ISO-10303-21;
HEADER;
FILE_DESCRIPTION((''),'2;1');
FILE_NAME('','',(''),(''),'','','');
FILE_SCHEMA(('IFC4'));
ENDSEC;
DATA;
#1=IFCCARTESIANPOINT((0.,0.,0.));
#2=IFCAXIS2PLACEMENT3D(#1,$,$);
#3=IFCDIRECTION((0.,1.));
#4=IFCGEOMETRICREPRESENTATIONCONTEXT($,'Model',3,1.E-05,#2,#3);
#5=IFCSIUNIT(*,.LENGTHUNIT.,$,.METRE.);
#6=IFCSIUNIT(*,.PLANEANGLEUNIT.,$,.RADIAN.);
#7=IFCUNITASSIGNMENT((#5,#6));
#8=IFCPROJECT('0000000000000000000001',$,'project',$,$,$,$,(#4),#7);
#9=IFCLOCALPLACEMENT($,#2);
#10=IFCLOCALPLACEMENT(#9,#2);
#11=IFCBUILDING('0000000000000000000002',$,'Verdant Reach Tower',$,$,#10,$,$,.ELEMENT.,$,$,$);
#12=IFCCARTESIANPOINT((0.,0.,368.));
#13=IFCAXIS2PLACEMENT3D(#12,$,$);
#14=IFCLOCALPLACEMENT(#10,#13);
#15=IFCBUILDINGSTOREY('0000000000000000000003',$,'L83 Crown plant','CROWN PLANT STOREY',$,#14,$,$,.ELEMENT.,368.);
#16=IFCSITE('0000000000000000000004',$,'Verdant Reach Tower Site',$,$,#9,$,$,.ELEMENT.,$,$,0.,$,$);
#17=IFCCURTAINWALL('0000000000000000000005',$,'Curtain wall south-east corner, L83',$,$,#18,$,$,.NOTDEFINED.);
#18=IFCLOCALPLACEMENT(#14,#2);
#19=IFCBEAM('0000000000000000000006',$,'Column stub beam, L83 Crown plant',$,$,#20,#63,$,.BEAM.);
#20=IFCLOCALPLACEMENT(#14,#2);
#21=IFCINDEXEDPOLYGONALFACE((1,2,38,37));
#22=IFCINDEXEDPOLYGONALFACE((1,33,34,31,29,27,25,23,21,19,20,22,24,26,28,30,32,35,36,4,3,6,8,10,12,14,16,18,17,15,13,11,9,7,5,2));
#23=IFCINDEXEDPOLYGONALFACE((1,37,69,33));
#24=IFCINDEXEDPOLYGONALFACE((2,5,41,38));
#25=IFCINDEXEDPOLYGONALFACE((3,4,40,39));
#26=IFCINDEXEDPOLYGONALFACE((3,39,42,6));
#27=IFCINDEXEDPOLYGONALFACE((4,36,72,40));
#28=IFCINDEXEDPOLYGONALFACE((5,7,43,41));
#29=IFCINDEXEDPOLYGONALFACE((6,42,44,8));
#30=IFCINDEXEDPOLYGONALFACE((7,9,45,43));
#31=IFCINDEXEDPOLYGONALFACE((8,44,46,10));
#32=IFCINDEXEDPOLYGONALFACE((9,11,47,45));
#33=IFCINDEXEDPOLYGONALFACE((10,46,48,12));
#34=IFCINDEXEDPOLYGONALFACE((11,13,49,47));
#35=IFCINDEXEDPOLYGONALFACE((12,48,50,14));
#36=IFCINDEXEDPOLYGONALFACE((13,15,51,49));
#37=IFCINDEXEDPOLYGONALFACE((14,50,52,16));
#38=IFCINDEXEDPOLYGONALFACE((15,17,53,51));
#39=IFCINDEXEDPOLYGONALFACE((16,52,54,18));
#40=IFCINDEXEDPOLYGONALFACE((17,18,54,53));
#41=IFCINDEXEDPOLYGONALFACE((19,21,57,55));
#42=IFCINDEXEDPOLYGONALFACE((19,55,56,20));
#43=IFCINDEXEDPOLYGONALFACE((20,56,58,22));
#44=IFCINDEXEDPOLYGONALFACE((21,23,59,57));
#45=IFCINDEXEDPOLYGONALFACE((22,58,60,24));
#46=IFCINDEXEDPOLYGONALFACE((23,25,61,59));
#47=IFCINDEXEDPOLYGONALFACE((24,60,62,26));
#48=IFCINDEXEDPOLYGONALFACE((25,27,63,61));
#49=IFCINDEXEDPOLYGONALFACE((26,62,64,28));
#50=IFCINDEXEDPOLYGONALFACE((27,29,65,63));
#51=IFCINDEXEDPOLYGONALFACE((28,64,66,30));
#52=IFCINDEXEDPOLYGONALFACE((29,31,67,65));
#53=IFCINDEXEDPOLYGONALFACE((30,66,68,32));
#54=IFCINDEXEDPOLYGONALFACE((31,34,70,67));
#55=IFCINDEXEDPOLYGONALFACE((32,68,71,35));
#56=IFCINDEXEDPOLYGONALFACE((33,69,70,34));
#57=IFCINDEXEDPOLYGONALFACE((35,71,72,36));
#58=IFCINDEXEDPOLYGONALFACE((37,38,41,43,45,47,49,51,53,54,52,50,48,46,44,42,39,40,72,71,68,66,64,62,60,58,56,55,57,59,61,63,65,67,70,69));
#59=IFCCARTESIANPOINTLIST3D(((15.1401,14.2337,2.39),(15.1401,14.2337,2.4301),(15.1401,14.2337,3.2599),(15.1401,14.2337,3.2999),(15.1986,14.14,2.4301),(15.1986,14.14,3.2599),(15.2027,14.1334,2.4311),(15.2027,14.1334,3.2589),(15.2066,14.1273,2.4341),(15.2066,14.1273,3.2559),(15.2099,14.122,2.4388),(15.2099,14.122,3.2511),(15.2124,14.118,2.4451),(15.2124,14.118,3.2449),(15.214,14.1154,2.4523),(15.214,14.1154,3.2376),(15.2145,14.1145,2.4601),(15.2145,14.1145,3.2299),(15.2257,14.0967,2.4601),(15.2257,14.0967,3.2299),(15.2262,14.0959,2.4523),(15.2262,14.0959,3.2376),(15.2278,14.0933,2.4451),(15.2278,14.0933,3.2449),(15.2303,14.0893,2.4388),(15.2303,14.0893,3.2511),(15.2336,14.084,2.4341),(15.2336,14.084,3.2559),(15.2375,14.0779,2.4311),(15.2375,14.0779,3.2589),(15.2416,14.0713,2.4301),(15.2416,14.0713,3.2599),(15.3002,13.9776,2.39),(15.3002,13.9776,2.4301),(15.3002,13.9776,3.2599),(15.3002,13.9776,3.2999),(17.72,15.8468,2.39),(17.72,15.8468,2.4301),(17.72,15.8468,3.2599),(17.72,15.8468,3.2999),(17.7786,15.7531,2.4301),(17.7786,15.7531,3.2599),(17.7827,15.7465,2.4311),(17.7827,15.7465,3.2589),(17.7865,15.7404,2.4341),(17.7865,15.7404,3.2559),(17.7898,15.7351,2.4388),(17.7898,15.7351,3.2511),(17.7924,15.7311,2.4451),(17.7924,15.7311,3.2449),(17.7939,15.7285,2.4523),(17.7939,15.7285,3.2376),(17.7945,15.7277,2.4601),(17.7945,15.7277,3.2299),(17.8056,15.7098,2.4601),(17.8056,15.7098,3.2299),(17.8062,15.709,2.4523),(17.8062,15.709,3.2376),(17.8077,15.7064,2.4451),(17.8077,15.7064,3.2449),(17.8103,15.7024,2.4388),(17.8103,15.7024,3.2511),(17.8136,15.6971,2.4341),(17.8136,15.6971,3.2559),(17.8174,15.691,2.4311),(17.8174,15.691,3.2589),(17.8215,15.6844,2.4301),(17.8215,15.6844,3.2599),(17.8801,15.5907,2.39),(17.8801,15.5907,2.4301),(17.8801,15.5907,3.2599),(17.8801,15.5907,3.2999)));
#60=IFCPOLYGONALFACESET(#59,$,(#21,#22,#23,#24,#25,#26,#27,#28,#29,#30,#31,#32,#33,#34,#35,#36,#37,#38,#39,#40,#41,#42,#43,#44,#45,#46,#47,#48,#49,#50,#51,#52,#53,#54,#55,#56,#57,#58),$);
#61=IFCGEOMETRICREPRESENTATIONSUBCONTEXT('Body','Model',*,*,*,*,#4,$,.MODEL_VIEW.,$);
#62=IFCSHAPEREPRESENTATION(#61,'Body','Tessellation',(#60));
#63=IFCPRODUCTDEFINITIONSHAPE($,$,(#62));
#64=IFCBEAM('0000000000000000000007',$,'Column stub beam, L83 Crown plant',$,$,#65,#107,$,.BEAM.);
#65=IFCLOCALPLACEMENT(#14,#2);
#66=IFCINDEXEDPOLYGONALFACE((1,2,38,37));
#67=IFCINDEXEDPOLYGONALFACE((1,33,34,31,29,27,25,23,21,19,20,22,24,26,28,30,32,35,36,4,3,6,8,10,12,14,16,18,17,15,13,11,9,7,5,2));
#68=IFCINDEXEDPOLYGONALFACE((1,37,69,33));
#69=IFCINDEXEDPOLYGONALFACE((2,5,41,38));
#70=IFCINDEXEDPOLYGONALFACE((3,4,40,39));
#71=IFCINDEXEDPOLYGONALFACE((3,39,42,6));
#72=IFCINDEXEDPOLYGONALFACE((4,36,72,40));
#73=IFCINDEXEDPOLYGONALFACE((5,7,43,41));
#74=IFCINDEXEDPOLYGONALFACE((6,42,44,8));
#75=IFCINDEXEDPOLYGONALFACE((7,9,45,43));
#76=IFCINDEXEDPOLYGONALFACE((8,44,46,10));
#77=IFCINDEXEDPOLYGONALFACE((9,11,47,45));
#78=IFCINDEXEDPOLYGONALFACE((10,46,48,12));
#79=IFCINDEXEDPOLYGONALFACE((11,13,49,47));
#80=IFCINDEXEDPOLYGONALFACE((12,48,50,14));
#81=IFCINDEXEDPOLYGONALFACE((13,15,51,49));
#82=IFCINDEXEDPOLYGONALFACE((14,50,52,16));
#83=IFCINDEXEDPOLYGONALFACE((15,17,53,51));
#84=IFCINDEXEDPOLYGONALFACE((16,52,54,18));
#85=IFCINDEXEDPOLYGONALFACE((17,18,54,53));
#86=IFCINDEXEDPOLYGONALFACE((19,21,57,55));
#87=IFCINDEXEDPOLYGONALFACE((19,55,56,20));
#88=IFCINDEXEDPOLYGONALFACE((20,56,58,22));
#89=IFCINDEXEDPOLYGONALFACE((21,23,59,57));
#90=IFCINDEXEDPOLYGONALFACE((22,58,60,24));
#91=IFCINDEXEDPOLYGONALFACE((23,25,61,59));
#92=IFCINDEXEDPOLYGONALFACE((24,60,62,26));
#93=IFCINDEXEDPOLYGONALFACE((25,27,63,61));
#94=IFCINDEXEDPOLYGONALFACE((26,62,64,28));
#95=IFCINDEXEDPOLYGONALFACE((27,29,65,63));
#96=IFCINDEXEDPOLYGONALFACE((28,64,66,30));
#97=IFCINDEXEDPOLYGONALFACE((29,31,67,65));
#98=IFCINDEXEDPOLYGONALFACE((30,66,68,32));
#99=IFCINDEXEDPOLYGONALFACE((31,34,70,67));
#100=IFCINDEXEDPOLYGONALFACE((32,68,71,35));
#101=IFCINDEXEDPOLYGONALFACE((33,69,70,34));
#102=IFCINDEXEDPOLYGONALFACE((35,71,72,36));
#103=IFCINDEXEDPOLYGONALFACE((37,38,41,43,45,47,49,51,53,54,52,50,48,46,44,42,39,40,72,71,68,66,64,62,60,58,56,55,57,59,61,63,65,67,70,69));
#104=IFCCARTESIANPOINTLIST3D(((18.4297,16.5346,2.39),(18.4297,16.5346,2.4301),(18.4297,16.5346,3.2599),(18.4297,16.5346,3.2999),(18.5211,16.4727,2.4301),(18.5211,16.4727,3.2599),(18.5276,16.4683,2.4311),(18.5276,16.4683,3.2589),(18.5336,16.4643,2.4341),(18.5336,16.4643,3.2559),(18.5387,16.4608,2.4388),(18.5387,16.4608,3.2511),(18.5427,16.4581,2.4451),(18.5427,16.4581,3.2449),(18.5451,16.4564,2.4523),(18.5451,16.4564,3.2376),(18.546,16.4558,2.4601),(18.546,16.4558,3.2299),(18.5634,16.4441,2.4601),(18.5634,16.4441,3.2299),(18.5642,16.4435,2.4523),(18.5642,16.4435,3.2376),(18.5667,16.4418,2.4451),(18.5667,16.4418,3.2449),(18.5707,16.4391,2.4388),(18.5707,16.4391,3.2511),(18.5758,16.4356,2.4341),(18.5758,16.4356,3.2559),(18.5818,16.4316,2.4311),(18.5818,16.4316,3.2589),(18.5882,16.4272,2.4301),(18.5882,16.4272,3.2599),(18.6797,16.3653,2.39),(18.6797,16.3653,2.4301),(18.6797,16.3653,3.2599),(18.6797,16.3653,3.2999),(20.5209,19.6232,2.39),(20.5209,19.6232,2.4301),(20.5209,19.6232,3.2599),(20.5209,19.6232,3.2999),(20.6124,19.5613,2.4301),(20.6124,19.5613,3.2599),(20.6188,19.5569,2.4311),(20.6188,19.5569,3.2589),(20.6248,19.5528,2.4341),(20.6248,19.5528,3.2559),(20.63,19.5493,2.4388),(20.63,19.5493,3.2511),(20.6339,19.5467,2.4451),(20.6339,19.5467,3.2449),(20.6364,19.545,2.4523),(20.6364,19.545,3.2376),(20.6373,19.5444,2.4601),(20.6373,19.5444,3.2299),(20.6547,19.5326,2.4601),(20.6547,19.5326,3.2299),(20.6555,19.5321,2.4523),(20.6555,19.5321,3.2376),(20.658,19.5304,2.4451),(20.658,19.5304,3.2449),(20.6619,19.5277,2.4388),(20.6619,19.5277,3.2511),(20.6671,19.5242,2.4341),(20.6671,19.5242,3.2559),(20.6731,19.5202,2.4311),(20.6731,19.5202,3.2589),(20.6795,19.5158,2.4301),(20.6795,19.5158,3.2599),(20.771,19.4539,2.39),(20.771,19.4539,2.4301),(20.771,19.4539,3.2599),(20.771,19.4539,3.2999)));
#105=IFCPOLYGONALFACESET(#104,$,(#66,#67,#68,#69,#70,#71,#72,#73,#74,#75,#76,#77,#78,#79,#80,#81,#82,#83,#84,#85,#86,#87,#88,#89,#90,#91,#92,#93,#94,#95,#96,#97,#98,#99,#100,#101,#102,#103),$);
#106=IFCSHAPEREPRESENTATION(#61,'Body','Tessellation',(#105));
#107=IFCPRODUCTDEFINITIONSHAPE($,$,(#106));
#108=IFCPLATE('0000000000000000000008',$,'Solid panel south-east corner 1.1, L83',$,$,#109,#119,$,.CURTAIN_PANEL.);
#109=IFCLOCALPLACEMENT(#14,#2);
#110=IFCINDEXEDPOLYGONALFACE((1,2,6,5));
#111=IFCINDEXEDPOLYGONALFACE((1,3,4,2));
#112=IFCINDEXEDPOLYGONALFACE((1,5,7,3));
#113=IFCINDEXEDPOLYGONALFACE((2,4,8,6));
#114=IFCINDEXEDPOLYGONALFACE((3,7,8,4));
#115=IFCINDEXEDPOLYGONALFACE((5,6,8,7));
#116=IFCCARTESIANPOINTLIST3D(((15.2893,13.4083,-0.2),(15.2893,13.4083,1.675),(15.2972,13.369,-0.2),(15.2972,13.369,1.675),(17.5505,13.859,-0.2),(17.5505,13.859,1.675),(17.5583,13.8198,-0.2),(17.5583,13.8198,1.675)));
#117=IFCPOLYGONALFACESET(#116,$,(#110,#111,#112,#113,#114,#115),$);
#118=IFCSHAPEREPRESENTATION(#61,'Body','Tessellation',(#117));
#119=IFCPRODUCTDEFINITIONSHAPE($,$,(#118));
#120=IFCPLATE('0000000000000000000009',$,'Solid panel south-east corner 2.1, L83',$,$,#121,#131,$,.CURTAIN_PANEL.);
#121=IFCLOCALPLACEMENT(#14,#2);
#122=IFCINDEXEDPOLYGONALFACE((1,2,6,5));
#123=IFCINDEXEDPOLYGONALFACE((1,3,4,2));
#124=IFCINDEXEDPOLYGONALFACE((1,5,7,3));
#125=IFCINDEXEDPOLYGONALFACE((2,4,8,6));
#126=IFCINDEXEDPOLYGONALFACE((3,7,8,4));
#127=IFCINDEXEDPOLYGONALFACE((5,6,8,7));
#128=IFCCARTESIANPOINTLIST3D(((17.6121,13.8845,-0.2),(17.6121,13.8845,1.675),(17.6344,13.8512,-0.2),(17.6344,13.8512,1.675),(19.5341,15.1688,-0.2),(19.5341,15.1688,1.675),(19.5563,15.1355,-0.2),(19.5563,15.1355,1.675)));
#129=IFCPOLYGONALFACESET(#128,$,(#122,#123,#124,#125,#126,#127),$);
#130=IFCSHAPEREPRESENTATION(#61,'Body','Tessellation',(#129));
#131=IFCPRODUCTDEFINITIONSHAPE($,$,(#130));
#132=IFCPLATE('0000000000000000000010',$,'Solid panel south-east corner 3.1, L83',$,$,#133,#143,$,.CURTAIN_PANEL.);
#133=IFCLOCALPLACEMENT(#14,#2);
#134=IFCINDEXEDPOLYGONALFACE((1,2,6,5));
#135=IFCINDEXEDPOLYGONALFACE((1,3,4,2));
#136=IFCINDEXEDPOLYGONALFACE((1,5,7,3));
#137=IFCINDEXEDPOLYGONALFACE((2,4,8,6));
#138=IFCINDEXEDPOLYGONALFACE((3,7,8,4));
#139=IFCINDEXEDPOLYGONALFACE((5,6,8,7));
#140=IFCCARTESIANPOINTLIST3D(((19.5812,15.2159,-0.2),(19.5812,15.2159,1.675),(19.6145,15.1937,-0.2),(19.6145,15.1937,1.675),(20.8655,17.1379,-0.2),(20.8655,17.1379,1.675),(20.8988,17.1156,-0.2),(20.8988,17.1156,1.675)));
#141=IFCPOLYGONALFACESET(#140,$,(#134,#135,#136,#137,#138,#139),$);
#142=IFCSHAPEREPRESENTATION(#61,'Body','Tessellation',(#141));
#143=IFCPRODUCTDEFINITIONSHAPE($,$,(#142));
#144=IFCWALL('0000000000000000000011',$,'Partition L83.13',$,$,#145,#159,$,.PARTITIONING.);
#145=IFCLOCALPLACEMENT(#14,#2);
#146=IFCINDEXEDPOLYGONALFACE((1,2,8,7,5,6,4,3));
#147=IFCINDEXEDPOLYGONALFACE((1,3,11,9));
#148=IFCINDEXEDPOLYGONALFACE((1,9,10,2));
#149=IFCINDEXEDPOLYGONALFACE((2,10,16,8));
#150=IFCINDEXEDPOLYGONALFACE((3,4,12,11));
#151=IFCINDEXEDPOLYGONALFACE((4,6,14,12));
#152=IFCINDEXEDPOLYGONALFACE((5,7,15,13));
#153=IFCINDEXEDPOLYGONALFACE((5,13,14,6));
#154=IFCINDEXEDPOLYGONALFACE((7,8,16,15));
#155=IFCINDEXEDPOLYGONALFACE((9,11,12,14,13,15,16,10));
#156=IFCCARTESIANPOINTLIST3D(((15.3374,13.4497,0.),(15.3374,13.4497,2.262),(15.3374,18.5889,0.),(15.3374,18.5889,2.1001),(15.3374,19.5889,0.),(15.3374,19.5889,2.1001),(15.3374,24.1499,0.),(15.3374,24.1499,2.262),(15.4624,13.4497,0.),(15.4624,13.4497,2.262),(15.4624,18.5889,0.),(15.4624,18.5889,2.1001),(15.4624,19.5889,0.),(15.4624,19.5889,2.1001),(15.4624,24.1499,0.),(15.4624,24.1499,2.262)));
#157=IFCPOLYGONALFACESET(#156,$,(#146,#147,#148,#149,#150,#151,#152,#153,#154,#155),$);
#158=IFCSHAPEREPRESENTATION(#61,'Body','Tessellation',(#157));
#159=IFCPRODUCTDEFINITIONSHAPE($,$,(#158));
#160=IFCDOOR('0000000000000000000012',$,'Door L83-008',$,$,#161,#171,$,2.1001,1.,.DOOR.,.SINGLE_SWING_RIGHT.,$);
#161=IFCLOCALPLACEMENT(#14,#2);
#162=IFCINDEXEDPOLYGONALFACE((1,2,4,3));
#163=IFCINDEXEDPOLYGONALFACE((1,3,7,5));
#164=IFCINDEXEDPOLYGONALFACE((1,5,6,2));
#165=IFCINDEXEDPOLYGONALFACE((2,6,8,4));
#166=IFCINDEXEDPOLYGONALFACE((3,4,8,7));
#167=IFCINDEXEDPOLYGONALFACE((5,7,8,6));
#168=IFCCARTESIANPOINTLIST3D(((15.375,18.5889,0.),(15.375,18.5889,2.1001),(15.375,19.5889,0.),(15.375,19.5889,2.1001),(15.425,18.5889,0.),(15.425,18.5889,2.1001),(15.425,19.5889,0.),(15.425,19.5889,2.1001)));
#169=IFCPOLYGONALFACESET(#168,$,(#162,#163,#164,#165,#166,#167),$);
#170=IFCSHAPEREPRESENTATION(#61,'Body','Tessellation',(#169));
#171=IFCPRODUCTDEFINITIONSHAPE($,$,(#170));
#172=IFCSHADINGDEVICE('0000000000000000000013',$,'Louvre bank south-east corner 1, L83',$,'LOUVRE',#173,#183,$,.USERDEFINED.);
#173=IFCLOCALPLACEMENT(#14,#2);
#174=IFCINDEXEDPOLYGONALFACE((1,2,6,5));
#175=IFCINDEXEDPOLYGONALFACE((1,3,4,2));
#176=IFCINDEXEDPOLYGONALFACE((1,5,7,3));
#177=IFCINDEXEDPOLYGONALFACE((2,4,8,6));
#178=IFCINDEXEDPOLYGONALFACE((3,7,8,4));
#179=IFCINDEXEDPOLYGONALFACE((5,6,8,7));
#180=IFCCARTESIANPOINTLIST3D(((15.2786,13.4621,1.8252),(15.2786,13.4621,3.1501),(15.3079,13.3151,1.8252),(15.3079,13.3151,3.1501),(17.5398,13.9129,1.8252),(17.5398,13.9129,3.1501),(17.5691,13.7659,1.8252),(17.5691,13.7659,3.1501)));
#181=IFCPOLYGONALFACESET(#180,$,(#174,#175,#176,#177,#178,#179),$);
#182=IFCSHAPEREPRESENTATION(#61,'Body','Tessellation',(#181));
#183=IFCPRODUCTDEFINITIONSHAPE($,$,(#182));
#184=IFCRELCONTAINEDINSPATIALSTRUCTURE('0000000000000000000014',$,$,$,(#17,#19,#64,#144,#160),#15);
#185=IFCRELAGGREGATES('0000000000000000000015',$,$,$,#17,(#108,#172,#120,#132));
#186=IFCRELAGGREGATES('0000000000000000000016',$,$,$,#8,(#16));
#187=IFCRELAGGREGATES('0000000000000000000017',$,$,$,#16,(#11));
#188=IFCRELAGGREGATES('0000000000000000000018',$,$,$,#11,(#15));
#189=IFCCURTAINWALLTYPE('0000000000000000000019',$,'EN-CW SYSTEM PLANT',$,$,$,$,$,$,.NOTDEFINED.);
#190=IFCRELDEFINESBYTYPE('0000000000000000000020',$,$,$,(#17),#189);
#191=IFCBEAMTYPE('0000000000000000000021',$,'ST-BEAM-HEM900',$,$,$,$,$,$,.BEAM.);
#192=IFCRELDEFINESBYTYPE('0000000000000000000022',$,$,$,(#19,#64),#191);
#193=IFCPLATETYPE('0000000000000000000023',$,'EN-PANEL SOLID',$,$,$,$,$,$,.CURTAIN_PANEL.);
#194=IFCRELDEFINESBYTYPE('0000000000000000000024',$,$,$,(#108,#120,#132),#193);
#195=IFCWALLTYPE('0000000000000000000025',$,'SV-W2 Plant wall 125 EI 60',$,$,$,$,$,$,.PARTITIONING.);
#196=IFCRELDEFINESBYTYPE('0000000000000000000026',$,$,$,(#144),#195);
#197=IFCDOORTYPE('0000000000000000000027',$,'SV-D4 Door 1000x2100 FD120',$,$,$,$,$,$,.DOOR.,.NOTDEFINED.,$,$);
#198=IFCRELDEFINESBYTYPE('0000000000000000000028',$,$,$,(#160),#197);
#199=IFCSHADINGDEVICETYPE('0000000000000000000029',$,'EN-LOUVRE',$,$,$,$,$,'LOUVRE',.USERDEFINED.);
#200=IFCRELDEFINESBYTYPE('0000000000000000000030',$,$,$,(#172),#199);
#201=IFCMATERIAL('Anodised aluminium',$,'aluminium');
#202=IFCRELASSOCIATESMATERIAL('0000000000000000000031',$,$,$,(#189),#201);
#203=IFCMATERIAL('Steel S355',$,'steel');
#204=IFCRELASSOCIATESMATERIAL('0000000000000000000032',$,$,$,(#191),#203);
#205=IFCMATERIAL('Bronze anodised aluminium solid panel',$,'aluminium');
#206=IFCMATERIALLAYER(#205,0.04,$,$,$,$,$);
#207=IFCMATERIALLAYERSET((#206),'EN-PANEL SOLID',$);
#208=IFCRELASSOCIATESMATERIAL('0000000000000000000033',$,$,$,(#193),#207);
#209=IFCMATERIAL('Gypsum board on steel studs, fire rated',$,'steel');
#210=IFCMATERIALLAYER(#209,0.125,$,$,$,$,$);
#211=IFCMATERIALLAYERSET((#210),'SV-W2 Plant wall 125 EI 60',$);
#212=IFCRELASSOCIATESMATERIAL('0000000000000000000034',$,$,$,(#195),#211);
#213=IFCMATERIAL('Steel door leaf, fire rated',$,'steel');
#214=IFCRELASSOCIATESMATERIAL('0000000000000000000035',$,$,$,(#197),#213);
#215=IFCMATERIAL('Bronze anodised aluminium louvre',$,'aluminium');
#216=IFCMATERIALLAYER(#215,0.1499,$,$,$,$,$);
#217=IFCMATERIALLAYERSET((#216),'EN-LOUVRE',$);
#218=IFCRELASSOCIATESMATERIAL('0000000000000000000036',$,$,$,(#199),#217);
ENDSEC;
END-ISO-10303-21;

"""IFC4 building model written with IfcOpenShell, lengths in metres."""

from ifc_helpers import new_model, si_unit, direction, frame, frame_2d, origin, origin_2d, place, context, subcontext, project, spatial, rectangle, i_section, extrude, material, layer, layer_set, material_profile, profile_set, type_object, element, fill, aggregate, save


model = new_model("IFC4")

# Units and contexts
model_context = context("Model", 3, precision=1e-05, world=origin(), true_north=direction((0.0, 1.0)))
body_context = subcontext(model_context, "Body", "Model", "MODEL_VIEW")
ifc_project = project(units=[si_unit("LENGTHUNIT", "METRE"), si_unit("PLANEANGLEUNIT", "RADIAN")], contexts=[model_context])

# Site, building, storey
site_placement = place(None, origin())
site = spatial("IfcSite", under=ifc_project, at=site_placement, Name="Verdant Reach Tower Site", CompositionType="ELEMENT", RefElevation=0.0)
building_placement = place(site_placement, origin())
building = spatial("IfcBuilding", under=site, at=building_placement, Name="Verdant Reach Tower", CompositionType="ELEMENT")
storey_placement = place(building_placement, frame((0.0, 0.0, 368.0)))
storey = spatial("IfcBuildingStorey", under=building, at=storey_placement, Name="L83 Crown plant", Description="CROWN PLANT STOREY", CompositionType="ELEMENT", Elevation=368.0)

# Curtain wall
ifc_material_1 = material(Name="Anodised aluminium", Category="aluminium")
curtain_wall_type = type_object("IfcCurtainWallType", Name="EN-CW SYSTEM PLANT", PredefinedType="NOTDEFINED", material=ifc_material_1)
curtain_wall_placement = place(storey_placement, origin())
curtain_wall = element("IfcCurtainWall", 1, at=curtain_wall_placement, inside=storey, type_object=curtain_wall_type, Name="Curtain wall south-east corner, L83", PredefinedType="NOTDEFINED")

# Beams
ifc_material_2 = material(Name="Steel S355", Category="steel")
ifc_material_profile_1 = material_profile(ifc_material_2, i_section(OverallWidth=0.302, OverallDepth=0.9099, WebThickness=0.021, FlangeThickness=0.04, FilletRadius=0.03, at=origin_2d()), Name="HEM 900")
ifc_profile_set_1 = profile_set([ifc_material_profile_1], Name="Steel S355")
beam_type = type_object("IfcBeamType", Name="ST-BEAM-HEM900", PredefinedType="BEAM", material=ifc_profile_set_1)
beam_1_placement = place(storey_placement, frame((17.8, 15.7188, 2.845), z_axis=(-0.847904, -0.53015, 0.0), x_axis=(0.53015, -0.847904, 0.0)))
element("IfcBeam", 2, at=beam_1_placement, inside=storey, type_object=beam_type, Name="Column stub beam, L83 Crown plant", PredefinedType="BEAM", context=body_context, shape_type="SweptSolid", body=[
    extrude(i_section(OverallWidth=0.302, OverallDepth=0.9099, WebThickness=0.021, FlangeThickness=0.04, FilletRadius=0.03, at=origin_2d()), origin(), (0.0, 0.0, 1.0), 3.0427),
])
beam_2_placement = place(storey_placement, frame((18.5547, 16.45, 2.845), z_axis=(0.560667, 0.828041, 0.0), x_axis=(-0.828041, 0.560667, 0.0)))
element("IfcBeam", 3, at=beam_2_placement, inside=storey, type_object=beam_type, Name="Column stub beam, L83 Crown plant", PredefinedType="BEAM", context=body_context, shape_type="SweptSolid", body=[
    extrude(i_section(OverallWidth=0.302, OverallDepth=0.9099, WebThickness=0.021, FlangeThickness=0.04, FilletRadius=0.03, at=origin_2d()), origin(), (0.0, 0.0, 1.0), 3.73),
])

# Plates
ifc_material_3 = material(Name="Bronze anodised aluminium solid panel", Category="aluminium")
ifc_layer_1 = layer(ifc_material_3, 0.04)
ifc_layer_set_1 = layer_set([ifc_layer_1], Name="EN-PANEL SOLID")
plate_type = type_object("IfcPlateType", Name="EN-PANEL SOLID", PredefinedType="CURTAIN_PANEL", material=ifc_layer_set_1)
plate_1_placement = place(storey_placement, frame((16.4238, 13.614, -0.2), z_axis=(0.0, 0.0, 1.0), x_axis=(0.980705, 0.195493, 0.0)))
plate_1 = element("IfcPlate", 4, at=plate_1_placement, type_object=plate_type, Name="Solid panel south-east corner 1.1, L83", PredefinedType="CURTAIN_PANEL", context=body_context, shape_type="SweptSolid", body=[
    extrude(rectangle(XDim=2.3057, YDim=0.04, at=origin_2d()), origin(), (0.0, 0.0, 1.0), 1.875),
])
plate_2_placement = place(storey_placement, frame((18.5842, 14.51, -0.2), z_axis=(0.0, 0.0, 1.0), x_axis=(0.831452, 0.555596, 0.0)))
plate_2 = element("IfcPlate", 5, at=plate_2_placement, type_object=plate_type, Name="Solid panel south-east corner 2.1, L83", PredefinedType="CURTAIN_PANEL", context=body_context, shape_type="SweptSolid", body=[
    extrude(rectangle(XDim=2.3115, YDim=0.04, at=origin_2d()), origin(), (0.0, 0.0, 1.0), 1.875),
])
plate_3_placement = place(storey_placement, frame((20.24, 16.1658, -0.2), z_axis=(0.0, 0.0, 1.0), x_axis=(0.555596, 0.831452, 0.0)))
plate_3 = element("IfcPlate", 6, at=plate_3_placement, type_object=plate_type, Name="Solid panel south-east corner 3.1, L83", PredefinedType="CURTAIN_PANEL", context=body_context, shape_type="SweptSolid", body=[
    extrude(rectangle(XDim=2.3115, YDim=0.04, at=origin_2d()), origin(), (0.0, 0.0, 1.0), 1.875),
])

# Wall, opening, door
ifc_material_4 = material(Name="Gypsum board on steel studs, fire rated", Category="steel")
ifc_layer_2 = layer(ifc_material_4, 0.125)
ifc_layer_set_2 = layer_set([ifc_layer_2], Name="SV-W2 Plant wall 125 EI 60")
wall_type = type_object("IfcWallType", Name="SV-W2 Plant wall 125 EI 60", PredefinedType="PARTITIONING", material=ifc_layer_set_2)
wall_placement = place(storey_placement, frame((15.3999, 13.4497, 0.0), z_axis=(0.0, 0.0, 1.0), x_axis=(0.0, 1.0, 0.0)))
wall = element("IfcWall", 7, at=wall_placement, inside=storey, type_object=wall_type, Name="Partition L83.13", PredefinedType="PARTITIONING", context=body_context, shape_type="SweptSolid", body=[
    extrude(rectangle(XDim=10.7002, YDim=0.125, at=frame_2d((5.3501, 0.0))), origin(), (0.0, 0.0, 1.0), 2.262),
])
opening_placement = place(wall_placement, frame((5.1392, 0.0, 0.0)))
opening = element("IfcOpeningElement", 8, at=opening_placement, cuts=wall, PredefinedType="OPENING", context=body_context, shape_type="SweptSolid", body=[
    extrude(rectangle(XDim=1.0, YDim=2.1001, at=frame_2d((0.5, 1.05))), frame((0.0, 0.0725, 0.0), z_axis=(0.0, -1.0, 0.0), x_axis=(1.0, 0.0, 0.0)), (0.0, 0.0, 1.0), 0.145),
])
ifc_material_5 = material(Name="Steel door leaf, fire rated", Category="steel")
door_type = type_object("IfcDoorType", Name="SV-D4 Door 1000x2100 FD120", OperationType="NOTDEFINED", PredefinedType="DOOR", material=ifc_material_5)
door_placement = place(opening_placement, origin())
door = element("IfcDoor", 9, at=door_placement, inside=storey, type_object=door_type, Name="Door L83-008", OperationType="SINGLE_SWING_RIGHT", OverallHeight=2.1001, OverallWidth=1.0, PredefinedType="DOOR", context=body_context, shape_type="SweptSolid", body=[
    extrude(rectangle(XDim=1.0, YDim=2.1001, at=frame_2d((0.5, 1.05))), frame((0.0, 0.0249, 0.0), z_axis=(0.0, -1.0, 0.0), x_axis=(1.0, 0.0, 0.0)), (0.0, 0.0, 1.0), 0.05),
])
fill(opening, door)

# Shading device
ifc_material_6 = material(Name="Bronze anodised aluminium louvre", Category="aluminium")
ifc_layer_3 = layer(ifc_material_6, 0.1499)
ifc_layer_set_3 = layer_set([ifc_layer_3], Name="EN-LOUVRE")
shading_device_type = type_object("IfcShadingDeviceType", Name="EN-LOUVRE", ElementType="LOUVRE", PredefinedType="USERDEFINED", material=ifc_layer_set_3)
shading_device_1_placement = place(storey_placement, frame((16.4238, 13.614, 1.8252), z_axis=(0.0, 0.0, 1.0), x_axis=(0.980705, 0.195493, 0.0)))
shading_device_1 = element("IfcShadingDevice", 10, at=shading_device_1_placement, type_object=shading_device_type, Name="Louvre bank south-east corner 1, L83", ObjectType="LOUVRE", PredefinedType="USERDEFINED", context=body_context, shape_type="SweptSolid", body=[
    extrude(rectangle(XDim=2.3057, YDim=0.1499, at=origin_2d()), origin(), (0.0, 0.0, 1.0), 1.325),
])
aggregate(curtain_wall, [plate_1, shading_device_1, plate_2, plate_3])

save(model, "model.ifc")
